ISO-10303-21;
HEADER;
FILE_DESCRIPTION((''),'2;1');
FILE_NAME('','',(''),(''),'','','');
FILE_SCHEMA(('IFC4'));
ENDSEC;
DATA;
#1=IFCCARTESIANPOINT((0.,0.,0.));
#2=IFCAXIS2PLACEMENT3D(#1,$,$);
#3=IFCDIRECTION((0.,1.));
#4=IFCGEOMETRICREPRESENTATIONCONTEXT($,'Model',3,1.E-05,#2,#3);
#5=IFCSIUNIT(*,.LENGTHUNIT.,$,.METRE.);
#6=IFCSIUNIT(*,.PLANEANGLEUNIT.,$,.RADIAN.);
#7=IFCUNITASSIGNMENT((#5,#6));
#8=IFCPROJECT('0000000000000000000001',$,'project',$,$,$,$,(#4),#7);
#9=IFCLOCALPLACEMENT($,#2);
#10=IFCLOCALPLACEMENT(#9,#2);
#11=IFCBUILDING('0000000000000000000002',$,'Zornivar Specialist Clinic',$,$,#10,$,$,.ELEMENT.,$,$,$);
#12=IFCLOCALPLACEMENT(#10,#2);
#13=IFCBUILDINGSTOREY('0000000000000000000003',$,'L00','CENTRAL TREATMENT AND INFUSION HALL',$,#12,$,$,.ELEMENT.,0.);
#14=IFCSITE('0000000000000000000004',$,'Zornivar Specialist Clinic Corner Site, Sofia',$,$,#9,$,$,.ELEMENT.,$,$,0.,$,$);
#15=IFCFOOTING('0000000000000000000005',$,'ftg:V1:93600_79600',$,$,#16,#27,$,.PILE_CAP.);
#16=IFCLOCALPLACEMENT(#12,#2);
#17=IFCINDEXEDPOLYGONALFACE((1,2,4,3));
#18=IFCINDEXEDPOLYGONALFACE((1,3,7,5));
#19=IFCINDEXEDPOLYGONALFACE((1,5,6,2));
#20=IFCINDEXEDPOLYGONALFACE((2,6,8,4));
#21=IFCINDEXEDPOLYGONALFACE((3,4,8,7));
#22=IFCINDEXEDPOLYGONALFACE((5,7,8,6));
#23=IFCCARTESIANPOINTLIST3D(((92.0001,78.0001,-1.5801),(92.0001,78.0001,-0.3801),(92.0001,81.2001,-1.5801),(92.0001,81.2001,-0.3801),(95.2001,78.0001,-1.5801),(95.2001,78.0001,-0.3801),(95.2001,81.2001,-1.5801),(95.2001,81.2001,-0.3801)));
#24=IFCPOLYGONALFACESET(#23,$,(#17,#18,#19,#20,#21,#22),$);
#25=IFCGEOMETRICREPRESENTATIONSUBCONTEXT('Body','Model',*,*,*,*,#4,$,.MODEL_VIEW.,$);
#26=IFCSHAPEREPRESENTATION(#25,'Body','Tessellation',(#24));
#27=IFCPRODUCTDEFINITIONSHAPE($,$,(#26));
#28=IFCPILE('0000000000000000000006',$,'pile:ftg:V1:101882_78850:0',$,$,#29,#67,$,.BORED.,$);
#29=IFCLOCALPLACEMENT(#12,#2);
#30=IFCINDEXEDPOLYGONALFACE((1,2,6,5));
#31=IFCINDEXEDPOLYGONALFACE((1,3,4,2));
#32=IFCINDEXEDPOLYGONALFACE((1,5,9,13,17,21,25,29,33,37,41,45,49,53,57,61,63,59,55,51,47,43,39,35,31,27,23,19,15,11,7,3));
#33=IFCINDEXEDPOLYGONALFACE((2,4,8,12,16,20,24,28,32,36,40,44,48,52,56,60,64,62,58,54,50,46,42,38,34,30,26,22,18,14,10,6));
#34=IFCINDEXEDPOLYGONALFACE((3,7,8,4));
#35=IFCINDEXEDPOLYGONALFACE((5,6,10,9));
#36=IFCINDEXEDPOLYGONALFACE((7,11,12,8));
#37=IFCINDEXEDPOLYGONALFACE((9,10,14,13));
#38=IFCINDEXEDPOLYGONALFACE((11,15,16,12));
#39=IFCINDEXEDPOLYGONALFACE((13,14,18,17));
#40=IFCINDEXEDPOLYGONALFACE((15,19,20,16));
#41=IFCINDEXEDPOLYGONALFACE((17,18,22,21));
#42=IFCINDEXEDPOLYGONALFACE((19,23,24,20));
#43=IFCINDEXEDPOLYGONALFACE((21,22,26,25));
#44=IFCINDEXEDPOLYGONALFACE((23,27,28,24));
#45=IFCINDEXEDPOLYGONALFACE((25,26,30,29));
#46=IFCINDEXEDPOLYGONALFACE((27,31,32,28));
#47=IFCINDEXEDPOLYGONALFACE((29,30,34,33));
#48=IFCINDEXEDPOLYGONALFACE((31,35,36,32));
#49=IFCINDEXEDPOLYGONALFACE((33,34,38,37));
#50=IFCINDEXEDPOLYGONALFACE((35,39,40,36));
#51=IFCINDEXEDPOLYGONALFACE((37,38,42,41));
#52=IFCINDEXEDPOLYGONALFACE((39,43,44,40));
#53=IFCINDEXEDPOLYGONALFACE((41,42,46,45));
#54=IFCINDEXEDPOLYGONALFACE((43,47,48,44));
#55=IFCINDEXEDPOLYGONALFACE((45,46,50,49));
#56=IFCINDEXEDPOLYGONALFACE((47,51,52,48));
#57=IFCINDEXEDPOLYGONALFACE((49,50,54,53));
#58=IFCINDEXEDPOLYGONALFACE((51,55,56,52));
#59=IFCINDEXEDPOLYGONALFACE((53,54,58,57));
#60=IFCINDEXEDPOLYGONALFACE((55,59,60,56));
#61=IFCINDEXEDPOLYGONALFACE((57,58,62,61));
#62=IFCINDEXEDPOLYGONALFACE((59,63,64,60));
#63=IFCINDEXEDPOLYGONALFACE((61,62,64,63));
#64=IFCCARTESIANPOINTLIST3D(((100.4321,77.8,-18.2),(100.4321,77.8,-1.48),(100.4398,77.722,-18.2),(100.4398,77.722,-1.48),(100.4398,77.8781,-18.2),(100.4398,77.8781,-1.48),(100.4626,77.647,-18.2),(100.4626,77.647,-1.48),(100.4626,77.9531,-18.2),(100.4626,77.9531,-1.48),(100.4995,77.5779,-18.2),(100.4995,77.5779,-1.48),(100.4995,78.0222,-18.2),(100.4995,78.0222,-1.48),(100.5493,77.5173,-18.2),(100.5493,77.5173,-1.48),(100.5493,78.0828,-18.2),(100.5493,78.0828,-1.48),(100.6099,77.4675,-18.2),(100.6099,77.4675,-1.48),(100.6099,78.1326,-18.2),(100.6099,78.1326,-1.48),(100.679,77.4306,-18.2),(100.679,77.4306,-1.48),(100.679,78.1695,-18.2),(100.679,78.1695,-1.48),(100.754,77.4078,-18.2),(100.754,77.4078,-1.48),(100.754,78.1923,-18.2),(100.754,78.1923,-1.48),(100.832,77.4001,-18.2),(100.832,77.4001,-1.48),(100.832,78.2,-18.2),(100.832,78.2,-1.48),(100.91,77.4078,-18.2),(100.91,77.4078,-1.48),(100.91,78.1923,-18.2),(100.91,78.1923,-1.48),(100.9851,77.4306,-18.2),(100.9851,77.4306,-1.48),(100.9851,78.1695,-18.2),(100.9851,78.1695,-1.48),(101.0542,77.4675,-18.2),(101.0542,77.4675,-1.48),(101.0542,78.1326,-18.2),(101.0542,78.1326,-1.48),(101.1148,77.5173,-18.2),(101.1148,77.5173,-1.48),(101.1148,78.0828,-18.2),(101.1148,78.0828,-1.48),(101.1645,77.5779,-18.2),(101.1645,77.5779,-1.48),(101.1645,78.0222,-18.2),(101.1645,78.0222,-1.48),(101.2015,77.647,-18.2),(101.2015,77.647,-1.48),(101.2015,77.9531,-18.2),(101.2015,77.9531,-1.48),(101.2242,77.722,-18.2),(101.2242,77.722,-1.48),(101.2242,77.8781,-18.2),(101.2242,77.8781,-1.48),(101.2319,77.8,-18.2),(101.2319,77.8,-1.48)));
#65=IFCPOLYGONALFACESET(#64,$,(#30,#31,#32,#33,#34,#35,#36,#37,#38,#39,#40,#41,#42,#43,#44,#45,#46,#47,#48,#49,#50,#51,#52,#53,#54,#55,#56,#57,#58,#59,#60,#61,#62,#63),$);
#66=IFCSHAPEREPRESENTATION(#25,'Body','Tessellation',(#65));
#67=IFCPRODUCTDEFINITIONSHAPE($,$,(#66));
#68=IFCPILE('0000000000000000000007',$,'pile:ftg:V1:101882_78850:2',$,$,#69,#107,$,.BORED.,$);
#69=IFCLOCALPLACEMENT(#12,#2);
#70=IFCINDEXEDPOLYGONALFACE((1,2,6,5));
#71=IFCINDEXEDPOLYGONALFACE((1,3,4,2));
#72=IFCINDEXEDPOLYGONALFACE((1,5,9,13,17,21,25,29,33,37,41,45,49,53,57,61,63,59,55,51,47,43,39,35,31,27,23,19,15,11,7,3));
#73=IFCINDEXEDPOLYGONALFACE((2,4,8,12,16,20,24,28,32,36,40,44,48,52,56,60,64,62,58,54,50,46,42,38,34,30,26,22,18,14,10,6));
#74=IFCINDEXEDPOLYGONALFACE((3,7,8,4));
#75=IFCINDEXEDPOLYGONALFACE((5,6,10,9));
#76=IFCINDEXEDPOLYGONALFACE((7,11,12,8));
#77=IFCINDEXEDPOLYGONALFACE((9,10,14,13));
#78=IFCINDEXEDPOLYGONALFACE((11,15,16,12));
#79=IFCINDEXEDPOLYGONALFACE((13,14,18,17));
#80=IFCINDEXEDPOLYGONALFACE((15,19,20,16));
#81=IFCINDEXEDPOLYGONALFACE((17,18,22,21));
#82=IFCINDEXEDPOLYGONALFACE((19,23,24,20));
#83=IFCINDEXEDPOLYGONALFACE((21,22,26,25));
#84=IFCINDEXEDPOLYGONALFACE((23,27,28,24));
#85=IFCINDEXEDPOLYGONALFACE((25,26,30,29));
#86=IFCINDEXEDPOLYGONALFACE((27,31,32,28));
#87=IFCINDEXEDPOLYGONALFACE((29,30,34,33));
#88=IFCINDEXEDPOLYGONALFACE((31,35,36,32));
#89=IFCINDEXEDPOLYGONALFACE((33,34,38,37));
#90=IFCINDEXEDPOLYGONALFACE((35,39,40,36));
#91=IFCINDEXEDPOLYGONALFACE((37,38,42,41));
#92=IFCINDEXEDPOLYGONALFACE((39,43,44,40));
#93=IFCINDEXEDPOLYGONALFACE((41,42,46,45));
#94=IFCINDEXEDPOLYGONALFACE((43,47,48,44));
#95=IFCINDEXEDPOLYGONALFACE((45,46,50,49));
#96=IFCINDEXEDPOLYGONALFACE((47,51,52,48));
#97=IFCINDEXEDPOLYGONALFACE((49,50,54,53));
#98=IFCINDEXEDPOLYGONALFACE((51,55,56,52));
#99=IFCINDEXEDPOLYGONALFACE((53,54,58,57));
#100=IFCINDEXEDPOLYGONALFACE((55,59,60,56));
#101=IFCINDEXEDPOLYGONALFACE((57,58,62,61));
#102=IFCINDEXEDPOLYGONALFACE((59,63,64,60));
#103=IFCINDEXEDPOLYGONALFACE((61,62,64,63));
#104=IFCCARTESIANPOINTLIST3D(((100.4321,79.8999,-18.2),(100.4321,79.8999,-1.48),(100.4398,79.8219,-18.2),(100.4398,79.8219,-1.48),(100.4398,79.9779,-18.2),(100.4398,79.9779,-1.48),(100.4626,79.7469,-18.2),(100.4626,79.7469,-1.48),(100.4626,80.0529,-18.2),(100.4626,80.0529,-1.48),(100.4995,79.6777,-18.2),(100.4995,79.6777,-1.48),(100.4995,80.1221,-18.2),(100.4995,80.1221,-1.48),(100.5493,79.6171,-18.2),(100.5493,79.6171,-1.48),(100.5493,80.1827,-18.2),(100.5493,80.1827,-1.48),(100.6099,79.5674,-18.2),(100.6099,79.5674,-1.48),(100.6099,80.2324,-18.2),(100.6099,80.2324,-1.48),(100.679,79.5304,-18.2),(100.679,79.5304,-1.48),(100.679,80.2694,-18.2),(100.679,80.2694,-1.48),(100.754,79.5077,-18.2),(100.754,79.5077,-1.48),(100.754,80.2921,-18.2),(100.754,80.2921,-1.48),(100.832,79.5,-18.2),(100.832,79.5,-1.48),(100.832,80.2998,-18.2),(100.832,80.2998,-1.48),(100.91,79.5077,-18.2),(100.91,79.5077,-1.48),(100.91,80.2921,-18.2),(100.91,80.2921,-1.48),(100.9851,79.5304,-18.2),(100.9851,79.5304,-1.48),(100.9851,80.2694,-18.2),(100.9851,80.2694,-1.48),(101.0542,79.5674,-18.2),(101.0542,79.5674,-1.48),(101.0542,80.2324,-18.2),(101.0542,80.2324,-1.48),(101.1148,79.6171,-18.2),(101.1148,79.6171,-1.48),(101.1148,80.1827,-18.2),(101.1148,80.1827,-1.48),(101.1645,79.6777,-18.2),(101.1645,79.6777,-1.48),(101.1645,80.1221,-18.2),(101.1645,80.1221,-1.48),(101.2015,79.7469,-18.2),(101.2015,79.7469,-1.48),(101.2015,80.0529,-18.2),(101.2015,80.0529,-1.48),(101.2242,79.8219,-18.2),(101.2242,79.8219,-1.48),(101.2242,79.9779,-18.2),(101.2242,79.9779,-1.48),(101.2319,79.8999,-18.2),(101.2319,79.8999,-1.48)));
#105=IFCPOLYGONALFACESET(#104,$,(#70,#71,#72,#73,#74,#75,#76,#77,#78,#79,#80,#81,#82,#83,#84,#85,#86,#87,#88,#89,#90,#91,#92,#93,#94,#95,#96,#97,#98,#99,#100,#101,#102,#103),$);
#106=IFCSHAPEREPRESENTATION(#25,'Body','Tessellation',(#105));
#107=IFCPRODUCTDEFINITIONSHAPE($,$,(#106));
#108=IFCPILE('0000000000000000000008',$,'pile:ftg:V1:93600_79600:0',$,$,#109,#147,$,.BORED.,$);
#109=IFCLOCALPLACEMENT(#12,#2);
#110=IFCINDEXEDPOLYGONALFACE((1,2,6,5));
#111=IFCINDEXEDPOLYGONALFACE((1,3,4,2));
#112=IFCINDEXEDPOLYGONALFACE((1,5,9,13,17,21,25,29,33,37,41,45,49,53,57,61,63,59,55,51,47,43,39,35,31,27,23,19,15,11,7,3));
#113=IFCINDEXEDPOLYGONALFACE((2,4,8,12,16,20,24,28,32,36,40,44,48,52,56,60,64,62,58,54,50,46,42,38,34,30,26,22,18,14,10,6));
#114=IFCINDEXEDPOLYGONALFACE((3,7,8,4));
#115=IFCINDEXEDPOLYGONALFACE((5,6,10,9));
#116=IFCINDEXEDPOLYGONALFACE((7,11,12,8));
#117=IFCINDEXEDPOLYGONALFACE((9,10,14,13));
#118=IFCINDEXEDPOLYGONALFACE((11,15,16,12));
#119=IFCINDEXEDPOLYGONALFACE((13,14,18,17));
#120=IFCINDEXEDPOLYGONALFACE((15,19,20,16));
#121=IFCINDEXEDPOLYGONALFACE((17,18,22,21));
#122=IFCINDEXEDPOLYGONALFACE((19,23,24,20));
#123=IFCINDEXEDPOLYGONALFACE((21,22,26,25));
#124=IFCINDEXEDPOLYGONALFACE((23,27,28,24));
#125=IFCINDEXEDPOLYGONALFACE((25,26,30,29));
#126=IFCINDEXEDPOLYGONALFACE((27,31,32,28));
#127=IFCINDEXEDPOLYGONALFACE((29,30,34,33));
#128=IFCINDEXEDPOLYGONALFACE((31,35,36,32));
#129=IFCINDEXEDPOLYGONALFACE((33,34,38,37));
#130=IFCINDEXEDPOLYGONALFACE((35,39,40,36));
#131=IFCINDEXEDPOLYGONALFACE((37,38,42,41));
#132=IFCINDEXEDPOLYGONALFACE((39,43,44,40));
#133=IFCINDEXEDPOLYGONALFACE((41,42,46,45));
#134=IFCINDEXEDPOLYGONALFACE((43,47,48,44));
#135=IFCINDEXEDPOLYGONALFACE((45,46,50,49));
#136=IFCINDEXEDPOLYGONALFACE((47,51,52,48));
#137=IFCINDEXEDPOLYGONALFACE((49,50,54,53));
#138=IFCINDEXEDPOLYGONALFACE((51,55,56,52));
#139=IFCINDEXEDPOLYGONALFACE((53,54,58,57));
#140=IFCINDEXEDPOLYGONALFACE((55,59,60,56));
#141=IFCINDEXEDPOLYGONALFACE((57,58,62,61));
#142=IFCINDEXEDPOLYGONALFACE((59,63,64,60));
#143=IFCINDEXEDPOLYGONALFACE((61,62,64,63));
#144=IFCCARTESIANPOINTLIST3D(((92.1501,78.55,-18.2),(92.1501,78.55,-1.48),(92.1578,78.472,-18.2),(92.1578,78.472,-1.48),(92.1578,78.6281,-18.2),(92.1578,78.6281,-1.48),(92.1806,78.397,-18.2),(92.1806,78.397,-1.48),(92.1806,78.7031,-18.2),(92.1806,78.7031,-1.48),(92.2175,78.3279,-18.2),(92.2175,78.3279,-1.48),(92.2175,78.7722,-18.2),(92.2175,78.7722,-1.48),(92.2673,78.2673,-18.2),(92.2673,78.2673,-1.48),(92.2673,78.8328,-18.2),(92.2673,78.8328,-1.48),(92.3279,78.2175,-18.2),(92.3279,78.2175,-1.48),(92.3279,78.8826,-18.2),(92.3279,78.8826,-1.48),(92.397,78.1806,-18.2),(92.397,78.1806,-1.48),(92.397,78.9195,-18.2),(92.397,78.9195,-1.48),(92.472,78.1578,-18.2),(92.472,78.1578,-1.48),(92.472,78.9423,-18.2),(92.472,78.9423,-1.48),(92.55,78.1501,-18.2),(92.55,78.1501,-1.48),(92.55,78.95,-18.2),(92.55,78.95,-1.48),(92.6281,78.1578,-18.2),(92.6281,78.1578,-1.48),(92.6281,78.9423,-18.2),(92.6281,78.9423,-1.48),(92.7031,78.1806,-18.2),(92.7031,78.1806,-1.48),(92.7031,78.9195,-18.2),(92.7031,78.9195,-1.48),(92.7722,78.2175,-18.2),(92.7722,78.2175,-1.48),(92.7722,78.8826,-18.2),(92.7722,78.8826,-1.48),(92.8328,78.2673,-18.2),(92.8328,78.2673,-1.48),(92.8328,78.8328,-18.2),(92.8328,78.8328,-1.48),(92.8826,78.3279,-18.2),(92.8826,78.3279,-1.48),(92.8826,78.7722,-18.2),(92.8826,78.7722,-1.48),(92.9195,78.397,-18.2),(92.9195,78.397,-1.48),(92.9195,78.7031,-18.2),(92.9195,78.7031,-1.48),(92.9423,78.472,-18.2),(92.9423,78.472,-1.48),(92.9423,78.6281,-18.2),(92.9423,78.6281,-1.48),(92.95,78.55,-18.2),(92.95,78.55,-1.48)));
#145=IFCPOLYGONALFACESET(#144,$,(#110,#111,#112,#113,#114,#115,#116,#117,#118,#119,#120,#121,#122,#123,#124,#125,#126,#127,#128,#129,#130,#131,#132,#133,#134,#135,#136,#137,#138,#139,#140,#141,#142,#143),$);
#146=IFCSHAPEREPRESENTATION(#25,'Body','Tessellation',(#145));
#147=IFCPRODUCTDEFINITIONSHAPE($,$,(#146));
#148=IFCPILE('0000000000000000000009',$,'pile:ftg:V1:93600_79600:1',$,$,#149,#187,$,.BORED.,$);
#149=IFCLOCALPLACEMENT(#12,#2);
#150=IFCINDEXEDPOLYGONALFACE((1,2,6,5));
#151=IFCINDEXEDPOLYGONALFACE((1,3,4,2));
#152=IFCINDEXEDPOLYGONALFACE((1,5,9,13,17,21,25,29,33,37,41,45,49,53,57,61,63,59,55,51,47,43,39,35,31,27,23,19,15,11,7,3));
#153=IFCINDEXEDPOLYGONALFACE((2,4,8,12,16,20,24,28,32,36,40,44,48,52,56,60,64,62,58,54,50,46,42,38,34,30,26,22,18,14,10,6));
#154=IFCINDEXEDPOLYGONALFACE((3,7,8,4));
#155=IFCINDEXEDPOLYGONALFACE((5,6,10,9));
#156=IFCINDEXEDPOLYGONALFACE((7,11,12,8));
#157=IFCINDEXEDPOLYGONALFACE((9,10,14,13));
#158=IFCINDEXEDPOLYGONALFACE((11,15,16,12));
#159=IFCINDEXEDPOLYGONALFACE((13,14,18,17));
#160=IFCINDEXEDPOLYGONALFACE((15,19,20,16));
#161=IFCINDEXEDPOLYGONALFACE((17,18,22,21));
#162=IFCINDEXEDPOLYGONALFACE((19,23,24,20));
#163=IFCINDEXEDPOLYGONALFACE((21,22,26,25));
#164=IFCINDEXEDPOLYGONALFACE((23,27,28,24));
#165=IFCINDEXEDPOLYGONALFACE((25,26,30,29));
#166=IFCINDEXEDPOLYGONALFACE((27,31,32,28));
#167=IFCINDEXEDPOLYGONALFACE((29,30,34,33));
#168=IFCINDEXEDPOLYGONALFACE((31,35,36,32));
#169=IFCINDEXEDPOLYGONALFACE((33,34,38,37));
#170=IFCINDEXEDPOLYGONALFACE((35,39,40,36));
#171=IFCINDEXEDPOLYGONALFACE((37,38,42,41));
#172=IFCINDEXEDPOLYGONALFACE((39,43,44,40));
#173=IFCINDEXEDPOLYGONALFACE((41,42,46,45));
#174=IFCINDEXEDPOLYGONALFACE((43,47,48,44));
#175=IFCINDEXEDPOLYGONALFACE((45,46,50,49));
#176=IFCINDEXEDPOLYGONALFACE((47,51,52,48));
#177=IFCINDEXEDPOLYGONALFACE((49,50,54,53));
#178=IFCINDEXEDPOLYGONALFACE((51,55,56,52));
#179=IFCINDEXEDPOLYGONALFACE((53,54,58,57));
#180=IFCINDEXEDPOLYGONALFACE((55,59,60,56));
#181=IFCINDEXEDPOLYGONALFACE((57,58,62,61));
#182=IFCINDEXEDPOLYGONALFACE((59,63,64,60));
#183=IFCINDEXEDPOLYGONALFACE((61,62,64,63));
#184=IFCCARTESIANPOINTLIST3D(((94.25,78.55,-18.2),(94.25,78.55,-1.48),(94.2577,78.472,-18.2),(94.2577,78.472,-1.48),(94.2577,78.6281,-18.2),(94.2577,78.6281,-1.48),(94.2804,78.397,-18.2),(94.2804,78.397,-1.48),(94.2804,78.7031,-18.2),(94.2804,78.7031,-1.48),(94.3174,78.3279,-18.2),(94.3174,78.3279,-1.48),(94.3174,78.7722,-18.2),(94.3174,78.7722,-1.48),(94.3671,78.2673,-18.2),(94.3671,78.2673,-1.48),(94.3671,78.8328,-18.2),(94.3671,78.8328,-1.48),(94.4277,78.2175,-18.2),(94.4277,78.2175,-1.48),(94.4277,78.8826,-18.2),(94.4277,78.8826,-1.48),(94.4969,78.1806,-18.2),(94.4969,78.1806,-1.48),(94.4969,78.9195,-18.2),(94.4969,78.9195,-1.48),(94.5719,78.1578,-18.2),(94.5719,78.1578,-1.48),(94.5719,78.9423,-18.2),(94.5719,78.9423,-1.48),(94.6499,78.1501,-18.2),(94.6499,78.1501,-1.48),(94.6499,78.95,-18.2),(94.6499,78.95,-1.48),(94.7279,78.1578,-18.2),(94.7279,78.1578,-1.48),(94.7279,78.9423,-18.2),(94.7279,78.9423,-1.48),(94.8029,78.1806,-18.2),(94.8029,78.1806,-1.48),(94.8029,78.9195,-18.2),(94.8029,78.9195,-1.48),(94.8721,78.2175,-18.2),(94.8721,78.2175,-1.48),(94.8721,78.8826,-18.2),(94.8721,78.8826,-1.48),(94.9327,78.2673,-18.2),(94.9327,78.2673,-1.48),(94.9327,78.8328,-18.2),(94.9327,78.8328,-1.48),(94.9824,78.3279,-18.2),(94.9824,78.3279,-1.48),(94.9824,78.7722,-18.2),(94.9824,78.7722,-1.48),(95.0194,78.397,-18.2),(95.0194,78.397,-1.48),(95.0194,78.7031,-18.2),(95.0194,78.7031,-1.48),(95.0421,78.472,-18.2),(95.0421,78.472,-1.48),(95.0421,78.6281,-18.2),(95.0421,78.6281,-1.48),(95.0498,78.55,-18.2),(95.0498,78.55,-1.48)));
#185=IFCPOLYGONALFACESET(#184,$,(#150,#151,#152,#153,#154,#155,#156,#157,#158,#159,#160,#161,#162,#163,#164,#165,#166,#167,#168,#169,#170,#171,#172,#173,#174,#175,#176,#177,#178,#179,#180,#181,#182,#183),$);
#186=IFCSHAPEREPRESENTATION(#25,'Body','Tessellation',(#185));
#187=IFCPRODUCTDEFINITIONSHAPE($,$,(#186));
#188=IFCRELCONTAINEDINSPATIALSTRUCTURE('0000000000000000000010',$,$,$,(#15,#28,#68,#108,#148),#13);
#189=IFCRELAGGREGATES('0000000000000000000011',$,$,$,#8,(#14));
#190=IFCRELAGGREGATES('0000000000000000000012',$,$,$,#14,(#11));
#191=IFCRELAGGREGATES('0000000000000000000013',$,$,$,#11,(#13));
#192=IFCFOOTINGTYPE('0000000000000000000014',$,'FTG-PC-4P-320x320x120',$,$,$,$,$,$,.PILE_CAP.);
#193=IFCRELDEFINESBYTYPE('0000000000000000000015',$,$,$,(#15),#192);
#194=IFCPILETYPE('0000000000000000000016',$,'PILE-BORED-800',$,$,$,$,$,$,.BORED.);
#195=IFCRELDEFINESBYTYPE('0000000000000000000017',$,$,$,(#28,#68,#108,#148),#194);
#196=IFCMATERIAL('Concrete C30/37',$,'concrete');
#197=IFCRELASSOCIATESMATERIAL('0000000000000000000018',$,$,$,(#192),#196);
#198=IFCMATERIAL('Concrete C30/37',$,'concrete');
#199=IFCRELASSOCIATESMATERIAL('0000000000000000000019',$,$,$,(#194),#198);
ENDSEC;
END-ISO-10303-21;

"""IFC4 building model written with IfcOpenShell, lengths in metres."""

from ifc_helpers import new_model, si_unit, direction, frame, origin, origin_2d, place, context, subcontext, project, spatial, rectangle, circle, extrude, material, material_profile, profile_set, type_object, element, save


model = new_model("IFC4")

# Units and contexts
model_context = context("Model", 3, precision=1e-05, world=origin(), true_north=direction((0.0, 1.0)))
body_context = subcontext(model_context, "Body", "Model", "MODEL_VIEW")
ifc_project = project(units=[si_unit("LENGTHUNIT", "METRE"), si_unit("PLANEANGLEUNIT", "RADIAN")], contexts=[model_context])

# Site, building, storey
site_placement = place(None, origin())
site = spatial("IfcSite", under=ifc_project, at=site_placement, Name="Zornivar Specialist Clinic Corner Site, Sofia", CompositionType="ELEMENT", RefElevation=0.0)
building_placement = place(site_placement, origin())
building = spatial("IfcBuilding", under=site, at=building_placement, Name="Zornivar Specialist Clinic", CompositionType="ELEMENT")
storey_placement = place(building_placement, origin())
storey = spatial("IfcBuildingStorey", under=building, at=storey_placement, Name="L00", Description="CENTRAL TREATMENT AND INFUSION HALL", CompositionType="ELEMENT", Elevation=0.0)

# Footing
ifc_material_1 = material(Name="Concrete C30/37", Category="concrete")
footing_type = type_object("IfcFootingType", Name="FTG-PC-4P-320x320x120", PredefinedType="PILE_CAP", material=ifc_material_1)
footing_placement = place(storey_placement, frame((93.6001, 79.6001, -1.5801), z_axis=(0.0, 0.0, 1.0), x_axis=(1.0, 0.0, 0.0)))
element("IfcFooting", 1, at=footing_placement, inside=storey, type_object=footing_type, Name="ftg:V1:93600_79600", PredefinedType="PILE_CAP", context=body_context, shape_type="SweptSolid", body=[
    extrude(rectangle(XDim=3.2, YDim=3.2, at=origin_2d()), origin(), (0.0, 0.0, 1.0), 1.2),
])

# Piles
ifc_material_2 = material(Name="Concrete C30/37", Category="concrete")
ifc_material_profile_1 = material_profile(ifc_material_2, circle(Radius=0.3999, at=origin_2d()), Name="PILE D800")
ifc_profile_set_1 = profile_set([ifc_material_profile_1], Name="Concrete C30/37")
pile_type = type_object("IfcPileType", Name="PILE-BORED-800", PredefinedType="BORED", material=ifc_profile_set_1)
for number, where, z_axis, x_axis, name in (
    (2, (100.832, 77.8, -1.48), (0.0, 0.0, -1.0), (1.0, 0.0, 0.0), "pile:ftg:V1:101882_78850:0"),
    (3, (100.832, 79.8999, -1.48), (0.0, 0.0, -1.0), (1.0, 0.0, 0.0), "pile:ftg:V1:101882_78850:2"),
    (4, (92.55, 78.55, -1.48), (0.0, 0.0, -1.0), (1.0, 0.0, 0.0), "pile:ftg:V1:93600_79600:0"),
    (5, (94.6499, 78.55, -1.48), (0.0, 0.0, -1.0), (1.0, 0.0, 0.0), "pile:ftg:V1:93600_79600:1"),
):
    element("IfcPile", number, at=place(storey_placement, frame(where, z_axis=z_axis, x_axis=x_axis)), inside=storey, type_object=pile_type, Name=name, PredefinedType="BORED", context=body_context, shape_type="SweptSolid", body=[
        extrude(circle(Radius=0.3999, at=origin_2d()), origin(), (0.0, 0.0, 1.0), 16.72),
    ])

save(model, "model.ifc")
